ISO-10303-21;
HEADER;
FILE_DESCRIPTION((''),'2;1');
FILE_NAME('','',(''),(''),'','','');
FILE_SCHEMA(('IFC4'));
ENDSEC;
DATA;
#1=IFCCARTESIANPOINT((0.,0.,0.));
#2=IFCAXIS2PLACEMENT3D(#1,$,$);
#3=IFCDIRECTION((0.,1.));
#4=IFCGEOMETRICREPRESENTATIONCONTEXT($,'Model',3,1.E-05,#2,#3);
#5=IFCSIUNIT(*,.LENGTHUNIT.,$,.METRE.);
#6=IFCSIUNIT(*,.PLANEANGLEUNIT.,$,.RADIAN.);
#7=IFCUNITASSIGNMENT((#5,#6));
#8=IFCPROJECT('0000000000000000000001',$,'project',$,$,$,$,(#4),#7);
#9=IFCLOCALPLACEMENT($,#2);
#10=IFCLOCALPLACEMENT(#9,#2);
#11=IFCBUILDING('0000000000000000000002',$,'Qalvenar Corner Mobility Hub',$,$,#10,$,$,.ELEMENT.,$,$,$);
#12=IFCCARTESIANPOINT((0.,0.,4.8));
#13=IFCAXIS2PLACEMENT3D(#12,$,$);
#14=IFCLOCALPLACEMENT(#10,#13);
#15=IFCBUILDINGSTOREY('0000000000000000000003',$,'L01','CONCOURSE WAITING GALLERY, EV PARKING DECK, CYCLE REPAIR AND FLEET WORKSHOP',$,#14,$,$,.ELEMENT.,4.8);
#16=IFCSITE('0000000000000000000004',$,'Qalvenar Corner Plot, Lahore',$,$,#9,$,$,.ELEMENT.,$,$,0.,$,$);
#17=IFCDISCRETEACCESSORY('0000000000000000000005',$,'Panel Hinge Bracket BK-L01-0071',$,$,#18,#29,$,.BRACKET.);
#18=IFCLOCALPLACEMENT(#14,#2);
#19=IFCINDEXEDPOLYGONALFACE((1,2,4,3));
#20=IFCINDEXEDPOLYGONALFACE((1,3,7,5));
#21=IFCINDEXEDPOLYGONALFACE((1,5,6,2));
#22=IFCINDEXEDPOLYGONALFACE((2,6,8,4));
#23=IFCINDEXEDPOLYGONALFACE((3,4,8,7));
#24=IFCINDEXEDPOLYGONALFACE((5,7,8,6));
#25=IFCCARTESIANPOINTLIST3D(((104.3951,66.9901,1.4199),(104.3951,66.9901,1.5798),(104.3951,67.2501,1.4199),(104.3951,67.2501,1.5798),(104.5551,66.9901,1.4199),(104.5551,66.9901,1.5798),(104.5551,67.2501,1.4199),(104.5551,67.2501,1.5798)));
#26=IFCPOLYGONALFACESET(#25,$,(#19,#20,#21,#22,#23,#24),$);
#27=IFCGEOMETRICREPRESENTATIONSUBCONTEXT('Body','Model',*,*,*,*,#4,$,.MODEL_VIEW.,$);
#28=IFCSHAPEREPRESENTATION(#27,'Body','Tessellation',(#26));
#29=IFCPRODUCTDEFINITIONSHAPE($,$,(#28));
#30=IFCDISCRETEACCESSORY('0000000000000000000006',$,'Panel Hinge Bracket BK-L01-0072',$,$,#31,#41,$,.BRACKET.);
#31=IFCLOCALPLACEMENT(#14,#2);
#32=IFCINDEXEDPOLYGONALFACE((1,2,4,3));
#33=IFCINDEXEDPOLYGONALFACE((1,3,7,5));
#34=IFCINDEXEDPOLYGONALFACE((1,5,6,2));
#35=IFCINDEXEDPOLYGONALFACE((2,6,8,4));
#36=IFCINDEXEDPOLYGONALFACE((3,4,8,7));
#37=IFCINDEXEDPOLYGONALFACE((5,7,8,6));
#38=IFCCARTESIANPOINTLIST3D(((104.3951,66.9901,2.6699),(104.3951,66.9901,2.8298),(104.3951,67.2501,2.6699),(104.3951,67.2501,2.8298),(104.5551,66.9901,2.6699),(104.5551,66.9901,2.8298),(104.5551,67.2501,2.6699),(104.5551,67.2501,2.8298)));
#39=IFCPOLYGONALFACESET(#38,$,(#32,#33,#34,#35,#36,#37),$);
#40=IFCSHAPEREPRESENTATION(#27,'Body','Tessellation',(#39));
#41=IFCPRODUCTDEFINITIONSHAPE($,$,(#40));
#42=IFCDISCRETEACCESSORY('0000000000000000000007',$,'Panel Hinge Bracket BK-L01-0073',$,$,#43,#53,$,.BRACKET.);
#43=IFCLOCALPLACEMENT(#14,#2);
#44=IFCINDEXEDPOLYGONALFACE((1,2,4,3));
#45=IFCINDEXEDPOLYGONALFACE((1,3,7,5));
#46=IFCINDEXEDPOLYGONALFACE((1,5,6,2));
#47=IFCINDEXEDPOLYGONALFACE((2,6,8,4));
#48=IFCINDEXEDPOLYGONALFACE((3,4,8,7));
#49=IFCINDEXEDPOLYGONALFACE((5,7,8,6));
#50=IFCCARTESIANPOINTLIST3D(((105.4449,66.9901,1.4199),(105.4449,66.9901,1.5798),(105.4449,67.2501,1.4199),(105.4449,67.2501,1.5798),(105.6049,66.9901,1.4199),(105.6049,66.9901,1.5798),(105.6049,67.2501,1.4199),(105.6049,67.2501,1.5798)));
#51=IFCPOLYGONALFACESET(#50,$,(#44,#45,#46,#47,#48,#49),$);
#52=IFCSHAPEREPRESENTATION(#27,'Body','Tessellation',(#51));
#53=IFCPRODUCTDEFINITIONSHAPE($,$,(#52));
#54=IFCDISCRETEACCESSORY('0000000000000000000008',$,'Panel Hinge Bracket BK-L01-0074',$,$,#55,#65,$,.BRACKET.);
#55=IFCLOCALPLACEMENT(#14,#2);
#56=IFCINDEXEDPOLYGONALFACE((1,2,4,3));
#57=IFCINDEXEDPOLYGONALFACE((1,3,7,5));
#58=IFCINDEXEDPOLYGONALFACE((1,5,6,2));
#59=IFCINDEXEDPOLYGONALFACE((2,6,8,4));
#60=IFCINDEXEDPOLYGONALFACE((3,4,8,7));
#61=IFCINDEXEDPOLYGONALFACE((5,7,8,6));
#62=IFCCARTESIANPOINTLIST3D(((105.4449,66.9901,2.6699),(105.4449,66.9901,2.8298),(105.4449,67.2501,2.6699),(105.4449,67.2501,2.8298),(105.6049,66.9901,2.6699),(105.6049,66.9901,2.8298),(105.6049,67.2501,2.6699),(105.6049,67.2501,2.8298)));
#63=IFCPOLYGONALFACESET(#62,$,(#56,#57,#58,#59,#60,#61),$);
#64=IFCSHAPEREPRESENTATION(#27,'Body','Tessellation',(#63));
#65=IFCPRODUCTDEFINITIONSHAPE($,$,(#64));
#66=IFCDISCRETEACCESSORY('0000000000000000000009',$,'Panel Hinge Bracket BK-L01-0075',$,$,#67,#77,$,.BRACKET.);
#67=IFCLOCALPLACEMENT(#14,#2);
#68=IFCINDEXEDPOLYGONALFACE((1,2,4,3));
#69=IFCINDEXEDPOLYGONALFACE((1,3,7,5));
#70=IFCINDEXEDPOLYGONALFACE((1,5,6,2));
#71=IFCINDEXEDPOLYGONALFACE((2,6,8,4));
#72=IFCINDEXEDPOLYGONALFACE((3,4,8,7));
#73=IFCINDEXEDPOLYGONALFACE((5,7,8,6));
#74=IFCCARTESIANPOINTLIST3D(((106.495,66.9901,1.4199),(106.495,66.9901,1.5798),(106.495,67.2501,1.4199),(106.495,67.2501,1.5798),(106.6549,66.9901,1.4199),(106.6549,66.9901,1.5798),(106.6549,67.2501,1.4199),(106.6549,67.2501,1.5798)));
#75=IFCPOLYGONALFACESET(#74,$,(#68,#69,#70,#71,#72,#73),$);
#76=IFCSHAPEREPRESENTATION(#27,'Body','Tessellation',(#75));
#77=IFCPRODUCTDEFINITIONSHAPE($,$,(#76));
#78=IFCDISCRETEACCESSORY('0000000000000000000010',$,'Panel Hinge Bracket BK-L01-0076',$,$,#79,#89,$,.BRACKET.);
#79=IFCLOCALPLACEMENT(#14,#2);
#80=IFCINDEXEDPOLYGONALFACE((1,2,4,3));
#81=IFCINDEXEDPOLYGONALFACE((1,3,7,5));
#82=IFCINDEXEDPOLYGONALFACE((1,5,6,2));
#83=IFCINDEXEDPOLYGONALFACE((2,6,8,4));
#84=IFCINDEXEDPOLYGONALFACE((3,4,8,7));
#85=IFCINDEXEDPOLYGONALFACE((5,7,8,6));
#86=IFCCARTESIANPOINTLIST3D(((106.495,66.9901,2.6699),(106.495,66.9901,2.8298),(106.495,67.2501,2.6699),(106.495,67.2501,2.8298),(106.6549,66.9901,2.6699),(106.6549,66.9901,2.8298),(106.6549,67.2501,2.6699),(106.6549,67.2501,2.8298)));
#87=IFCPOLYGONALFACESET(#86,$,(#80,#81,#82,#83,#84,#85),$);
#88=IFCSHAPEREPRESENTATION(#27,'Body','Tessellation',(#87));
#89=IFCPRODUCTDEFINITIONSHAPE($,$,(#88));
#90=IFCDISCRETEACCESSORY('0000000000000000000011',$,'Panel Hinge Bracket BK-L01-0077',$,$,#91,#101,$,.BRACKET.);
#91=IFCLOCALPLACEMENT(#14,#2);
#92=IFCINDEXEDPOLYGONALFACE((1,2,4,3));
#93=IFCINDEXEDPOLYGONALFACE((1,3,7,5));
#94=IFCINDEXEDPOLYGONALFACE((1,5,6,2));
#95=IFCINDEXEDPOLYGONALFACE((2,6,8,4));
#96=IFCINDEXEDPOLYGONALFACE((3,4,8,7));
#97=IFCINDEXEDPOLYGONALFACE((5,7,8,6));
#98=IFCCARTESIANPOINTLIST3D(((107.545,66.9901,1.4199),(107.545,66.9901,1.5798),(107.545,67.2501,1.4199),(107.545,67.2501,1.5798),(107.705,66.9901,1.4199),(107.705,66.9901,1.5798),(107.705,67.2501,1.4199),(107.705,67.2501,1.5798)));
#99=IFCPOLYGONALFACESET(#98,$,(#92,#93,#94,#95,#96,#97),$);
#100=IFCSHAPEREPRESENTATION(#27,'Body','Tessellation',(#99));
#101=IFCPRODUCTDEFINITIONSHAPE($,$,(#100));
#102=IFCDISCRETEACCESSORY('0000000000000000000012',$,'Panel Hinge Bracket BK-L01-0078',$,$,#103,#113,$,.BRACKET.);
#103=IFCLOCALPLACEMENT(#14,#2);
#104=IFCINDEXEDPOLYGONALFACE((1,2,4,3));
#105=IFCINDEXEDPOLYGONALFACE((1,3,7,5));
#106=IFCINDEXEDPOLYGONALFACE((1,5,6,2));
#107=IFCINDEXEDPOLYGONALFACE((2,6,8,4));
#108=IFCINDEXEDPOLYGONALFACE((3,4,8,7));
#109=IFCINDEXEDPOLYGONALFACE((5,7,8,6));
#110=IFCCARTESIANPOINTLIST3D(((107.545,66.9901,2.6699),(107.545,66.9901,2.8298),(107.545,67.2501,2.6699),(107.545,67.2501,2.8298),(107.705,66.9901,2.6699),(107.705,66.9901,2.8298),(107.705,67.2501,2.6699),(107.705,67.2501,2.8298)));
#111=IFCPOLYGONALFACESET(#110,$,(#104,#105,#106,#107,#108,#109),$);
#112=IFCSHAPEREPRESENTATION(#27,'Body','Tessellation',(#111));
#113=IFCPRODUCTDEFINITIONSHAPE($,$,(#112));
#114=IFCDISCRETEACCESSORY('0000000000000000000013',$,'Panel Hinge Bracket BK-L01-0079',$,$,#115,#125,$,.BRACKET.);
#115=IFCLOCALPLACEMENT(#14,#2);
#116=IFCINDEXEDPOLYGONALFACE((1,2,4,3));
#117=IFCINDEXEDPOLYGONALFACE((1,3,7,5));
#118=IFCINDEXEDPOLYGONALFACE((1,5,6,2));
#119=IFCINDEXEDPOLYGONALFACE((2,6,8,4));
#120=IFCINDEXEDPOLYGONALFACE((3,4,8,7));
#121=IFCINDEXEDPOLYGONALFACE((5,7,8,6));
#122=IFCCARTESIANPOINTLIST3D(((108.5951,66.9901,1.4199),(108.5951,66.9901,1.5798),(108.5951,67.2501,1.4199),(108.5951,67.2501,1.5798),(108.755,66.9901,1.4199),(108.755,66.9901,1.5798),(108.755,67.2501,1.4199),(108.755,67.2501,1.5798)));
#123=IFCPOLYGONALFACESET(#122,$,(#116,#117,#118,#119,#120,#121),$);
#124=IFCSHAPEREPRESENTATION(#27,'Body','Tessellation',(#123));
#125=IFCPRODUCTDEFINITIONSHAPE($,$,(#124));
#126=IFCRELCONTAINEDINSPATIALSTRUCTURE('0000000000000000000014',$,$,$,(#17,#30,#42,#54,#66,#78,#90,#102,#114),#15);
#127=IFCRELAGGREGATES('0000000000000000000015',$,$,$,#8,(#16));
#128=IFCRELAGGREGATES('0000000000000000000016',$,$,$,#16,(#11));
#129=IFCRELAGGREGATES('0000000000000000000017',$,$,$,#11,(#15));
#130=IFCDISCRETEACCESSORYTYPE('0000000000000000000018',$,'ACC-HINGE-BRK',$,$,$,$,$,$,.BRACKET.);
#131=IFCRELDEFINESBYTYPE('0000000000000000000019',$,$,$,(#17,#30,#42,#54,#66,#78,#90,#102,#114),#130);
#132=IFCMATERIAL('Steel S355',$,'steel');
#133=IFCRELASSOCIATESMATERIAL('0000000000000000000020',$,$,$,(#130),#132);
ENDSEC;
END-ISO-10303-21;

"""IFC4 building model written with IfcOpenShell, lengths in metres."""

from ifc_helpers import new_model, si_unit, direction, frame, origin, origin_2d, place, context, subcontext, project, spatial, rectangle, extrude, material, type_object, element, save


model = new_model("IFC4")

# Units and contexts
model_context = context("Model", 3, precision=1e-05, world=origin(), true_north=direction((0.0, 1.0)))
body_context = subcontext(model_context, "Body", "Model", "MODEL_VIEW")
ifc_project = project(units=[si_unit("LENGTHUNIT", "METRE"), si_unit("PLANEANGLEUNIT", "RADIAN")], contexts=[model_context])

# Site, building, storey
site_placement = place(None, origin())
site = spatial("IfcSite", under=ifc_project, at=site_placement, Name="Qalvenar Corner Plot, Lahore", CompositionType="ELEMENT", RefElevation=0.0)
building_placement = place(site_placement, origin())
building = spatial("IfcBuilding", under=site, at=building_placement, Name="Qalvenar Corner Mobility Hub", CompositionType="ELEMENT")
storey_placement = place(building_placement, frame((0.0, 0.0, 4.8)))
storey = spatial("IfcBuildingStorey", under=building, at=storey_placement, Name="L01", Description="CONCOURSE WAITING GALLERY, EV PARKING DECK, CYCLE REPAIR AND FLEET WORKSHOP", CompositionType="ELEMENT", Elevation=4.8)

# Discrete accessories
ifc_material_1 = material(Name="Steel S355", Category="steel")
discrete_accessory_type = type_object("IfcDiscreteAccessoryType", Name="ACC-HINGE-BRK", PredefinedType="BRACKET", material=ifc_material_1)
for number, where, z_axis, x_axis, name in (
    (1, (104.4751, 67.1201, 1.4199), (0.0, 0.0, 1.0), (1.0, 0.0, 0.0), "Panel Hinge Bracket BK-L01-0071"),
    (2, (104.4751, 67.1201, 2.6699), (0.0, 0.0, 1.0), (1.0, 0.0, 0.0), "Panel Hinge Bracket BK-L01-0072"),
    (3, (105.5249, 67.1201, 1.4199), (0.0, 0.0, 1.0), (1.0, 0.0, 0.0), "Panel Hinge Bracket BK-L01-0073"),
    (4, (105.5249, 67.1201, 2.6699), (0.0, 0.0, 1.0), (1.0, 0.0, 0.0), "Panel Hinge Bracket BK-L01-0074"),
    (5, (106.575, 67.1201, 1.4199), (0.0, 0.0, 1.0), (1.0, 0.0, 0.0), "Panel Hinge Bracket BK-L01-0075"),
    (6, (106.575, 67.1201, 2.6699), (0.0, 0.0, 1.0), (1.0, 0.0, 0.0), "Panel Hinge Bracket BK-L01-0076"),
    (7, (107.625, 67.1201, 1.4199), (0.0, 0.0, 1.0), (1.0, 0.0, 0.0), "Panel Hinge Bracket BK-L01-0077"),
    (8, (107.625, 67.1201, 2.6699), (0.0, 0.0, 1.0), (1.0, 0.0, 0.0), "Panel Hinge Bracket BK-L01-0078"),
    (9, (108.675, 67.1201, 1.4199), (0.0, 0.0, 1.0), (1.0, 0.0, 0.0), "Panel Hinge Bracket BK-L01-0079"),
):
    element("IfcDiscreteAccessory", number, at=place(storey_placement, frame(where, z_axis=z_axis, x_axis=x_axis)), inside=storey, type_object=discrete_accessory_type, Name=name, PredefinedType="BRACKET", context=body_context, shape_type="SweptSolid", body=[
        extrude(rectangle(XDim=0.1599, YDim=0.26, at=origin_2d()), origin(), (0.0, 0.0, 1.0), 0.1599),
    ])

save(model, "model.ifc")
